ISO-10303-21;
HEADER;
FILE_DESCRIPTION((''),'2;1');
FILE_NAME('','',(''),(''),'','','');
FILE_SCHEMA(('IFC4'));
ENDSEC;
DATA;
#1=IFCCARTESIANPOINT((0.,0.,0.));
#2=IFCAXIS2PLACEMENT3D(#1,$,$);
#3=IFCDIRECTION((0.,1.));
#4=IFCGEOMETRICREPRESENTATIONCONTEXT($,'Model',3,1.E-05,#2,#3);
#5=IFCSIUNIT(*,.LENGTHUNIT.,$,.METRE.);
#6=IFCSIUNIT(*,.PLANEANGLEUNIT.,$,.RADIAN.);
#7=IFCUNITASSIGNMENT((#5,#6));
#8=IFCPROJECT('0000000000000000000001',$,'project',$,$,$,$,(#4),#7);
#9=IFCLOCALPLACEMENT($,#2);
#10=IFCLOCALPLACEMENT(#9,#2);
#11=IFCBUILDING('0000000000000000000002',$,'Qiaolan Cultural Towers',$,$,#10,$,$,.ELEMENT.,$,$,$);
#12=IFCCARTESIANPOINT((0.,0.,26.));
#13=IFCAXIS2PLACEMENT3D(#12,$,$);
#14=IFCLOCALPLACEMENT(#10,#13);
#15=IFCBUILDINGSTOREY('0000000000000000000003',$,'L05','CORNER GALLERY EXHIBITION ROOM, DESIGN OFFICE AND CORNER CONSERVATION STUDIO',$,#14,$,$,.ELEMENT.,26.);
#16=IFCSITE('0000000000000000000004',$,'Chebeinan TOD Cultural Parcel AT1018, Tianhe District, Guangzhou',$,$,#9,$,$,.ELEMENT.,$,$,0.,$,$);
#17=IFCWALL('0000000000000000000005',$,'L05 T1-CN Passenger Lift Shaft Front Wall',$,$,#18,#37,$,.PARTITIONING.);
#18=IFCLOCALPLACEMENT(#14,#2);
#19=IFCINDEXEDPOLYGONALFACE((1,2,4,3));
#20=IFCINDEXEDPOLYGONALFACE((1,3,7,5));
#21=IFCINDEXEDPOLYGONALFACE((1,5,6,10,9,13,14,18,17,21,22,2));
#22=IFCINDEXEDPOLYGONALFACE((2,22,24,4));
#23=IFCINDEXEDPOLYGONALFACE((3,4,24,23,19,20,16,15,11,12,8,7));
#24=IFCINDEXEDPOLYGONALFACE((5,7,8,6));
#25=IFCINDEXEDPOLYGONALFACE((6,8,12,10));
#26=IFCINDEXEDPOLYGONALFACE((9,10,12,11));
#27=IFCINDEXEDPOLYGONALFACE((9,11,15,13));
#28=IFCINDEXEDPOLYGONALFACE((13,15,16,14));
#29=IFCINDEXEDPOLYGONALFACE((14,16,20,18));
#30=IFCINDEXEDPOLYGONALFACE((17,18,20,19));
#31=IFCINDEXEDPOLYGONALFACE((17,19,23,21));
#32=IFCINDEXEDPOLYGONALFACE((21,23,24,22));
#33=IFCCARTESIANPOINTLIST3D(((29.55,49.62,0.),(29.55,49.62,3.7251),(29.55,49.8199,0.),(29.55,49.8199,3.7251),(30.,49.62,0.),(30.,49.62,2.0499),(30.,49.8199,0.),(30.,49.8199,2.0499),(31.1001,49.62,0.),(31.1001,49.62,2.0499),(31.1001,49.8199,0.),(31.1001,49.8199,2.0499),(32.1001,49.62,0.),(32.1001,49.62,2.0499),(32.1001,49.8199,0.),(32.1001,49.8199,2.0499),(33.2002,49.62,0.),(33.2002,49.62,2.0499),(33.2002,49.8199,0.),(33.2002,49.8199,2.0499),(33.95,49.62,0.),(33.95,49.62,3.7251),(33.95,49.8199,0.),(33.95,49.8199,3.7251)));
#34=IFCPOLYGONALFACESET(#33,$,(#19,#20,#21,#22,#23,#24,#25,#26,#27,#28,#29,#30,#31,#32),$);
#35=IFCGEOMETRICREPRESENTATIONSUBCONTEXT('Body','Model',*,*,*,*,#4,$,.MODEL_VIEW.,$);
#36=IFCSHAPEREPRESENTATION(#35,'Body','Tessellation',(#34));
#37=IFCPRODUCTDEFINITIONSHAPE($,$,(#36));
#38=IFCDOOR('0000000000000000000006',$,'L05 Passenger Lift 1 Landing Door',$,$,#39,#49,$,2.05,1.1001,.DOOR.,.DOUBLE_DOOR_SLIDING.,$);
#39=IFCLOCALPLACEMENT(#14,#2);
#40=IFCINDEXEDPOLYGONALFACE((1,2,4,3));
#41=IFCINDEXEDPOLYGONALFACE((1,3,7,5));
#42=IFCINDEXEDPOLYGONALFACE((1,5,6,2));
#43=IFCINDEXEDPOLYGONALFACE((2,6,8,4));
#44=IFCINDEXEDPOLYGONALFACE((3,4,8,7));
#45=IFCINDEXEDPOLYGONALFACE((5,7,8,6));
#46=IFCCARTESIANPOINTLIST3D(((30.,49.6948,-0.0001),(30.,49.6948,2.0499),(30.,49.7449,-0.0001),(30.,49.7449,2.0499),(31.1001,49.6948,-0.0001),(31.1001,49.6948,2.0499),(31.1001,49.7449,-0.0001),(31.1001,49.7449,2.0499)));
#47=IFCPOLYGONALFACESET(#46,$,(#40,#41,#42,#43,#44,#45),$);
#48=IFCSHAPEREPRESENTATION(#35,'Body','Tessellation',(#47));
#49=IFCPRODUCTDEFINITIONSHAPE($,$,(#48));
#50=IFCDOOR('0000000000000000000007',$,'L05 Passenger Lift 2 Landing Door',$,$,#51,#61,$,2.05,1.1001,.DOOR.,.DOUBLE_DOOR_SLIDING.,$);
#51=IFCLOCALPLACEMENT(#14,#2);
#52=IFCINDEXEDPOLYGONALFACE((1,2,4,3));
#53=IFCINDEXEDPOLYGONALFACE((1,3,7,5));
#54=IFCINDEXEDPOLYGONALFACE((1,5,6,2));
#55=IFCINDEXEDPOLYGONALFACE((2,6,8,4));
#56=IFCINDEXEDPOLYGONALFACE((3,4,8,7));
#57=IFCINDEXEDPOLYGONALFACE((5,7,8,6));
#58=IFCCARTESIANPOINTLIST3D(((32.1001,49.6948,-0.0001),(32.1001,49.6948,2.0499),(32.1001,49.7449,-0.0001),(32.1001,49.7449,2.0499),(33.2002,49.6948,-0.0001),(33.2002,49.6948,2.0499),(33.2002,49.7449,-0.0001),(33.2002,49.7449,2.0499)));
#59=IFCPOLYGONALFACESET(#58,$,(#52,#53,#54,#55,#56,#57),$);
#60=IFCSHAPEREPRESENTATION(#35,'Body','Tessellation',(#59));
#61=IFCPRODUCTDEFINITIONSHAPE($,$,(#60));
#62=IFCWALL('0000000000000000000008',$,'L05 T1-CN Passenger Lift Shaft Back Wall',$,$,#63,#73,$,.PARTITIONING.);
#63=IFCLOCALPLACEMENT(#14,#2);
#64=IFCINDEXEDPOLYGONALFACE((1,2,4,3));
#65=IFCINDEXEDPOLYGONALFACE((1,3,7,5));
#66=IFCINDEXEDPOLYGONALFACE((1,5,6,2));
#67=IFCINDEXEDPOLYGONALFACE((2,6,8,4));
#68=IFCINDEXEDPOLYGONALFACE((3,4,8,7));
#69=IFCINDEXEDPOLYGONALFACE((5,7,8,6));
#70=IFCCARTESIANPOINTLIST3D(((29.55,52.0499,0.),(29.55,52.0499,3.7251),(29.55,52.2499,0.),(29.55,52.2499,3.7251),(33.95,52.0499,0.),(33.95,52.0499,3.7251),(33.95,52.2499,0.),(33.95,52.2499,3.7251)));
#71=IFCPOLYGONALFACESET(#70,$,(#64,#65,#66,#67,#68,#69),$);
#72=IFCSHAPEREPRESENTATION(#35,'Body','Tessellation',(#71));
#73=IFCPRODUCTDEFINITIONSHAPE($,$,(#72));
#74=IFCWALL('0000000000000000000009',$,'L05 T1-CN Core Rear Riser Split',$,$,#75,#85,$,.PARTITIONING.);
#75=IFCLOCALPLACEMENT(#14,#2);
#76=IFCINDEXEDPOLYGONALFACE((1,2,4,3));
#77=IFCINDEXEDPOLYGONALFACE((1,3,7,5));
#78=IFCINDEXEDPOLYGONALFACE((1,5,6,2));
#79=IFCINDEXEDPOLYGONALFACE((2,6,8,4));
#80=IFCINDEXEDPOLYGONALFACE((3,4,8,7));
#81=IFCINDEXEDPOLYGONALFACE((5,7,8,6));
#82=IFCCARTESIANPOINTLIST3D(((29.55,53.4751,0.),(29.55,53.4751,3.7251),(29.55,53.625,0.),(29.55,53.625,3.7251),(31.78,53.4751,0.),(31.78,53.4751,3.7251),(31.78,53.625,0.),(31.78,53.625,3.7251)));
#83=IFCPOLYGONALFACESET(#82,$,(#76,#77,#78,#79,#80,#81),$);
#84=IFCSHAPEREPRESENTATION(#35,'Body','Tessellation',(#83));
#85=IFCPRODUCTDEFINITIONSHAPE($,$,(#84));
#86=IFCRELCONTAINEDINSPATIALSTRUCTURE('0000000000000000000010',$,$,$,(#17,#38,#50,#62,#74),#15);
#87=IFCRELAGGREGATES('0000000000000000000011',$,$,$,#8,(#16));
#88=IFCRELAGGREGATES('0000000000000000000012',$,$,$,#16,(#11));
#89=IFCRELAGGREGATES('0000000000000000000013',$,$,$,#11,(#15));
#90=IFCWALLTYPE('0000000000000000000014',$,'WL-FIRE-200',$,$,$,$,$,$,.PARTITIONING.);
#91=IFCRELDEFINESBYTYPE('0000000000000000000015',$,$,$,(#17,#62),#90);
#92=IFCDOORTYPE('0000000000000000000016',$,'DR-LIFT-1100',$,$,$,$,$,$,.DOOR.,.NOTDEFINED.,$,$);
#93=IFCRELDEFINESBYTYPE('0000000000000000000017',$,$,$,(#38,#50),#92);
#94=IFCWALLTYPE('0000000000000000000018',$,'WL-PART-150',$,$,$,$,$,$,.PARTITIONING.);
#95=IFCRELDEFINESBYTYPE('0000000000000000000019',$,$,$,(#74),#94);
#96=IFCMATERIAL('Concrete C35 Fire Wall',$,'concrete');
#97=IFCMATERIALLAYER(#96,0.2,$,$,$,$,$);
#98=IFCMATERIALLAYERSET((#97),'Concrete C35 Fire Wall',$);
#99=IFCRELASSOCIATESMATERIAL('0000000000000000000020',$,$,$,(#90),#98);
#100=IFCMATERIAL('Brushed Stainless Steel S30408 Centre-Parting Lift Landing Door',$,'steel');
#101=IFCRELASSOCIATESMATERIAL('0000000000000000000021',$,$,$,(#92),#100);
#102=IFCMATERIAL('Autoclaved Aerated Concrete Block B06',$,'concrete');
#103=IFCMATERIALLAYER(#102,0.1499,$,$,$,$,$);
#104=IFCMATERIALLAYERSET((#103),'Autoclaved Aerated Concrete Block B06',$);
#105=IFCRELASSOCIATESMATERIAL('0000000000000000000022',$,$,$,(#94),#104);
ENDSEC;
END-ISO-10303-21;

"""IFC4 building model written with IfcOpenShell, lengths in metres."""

from ifc_helpers import new_model, si_unit, direction, frame, frame_2d, origin, place, context, subcontext, project, spatial, rectangle, extrude, material, layer, layer_set, type_object, element, fill, save


model = new_model("IFC4")

# Units and contexts
model_context = context("Model", 3, precision=1e-05, world=origin(), true_north=direction((0.0, 1.0)))
body_context = subcontext(model_context, "Body", "Model", "MODEL_VIEW")
ifc_project = project(units=[si_unit("LENGTHUNIT", "METRE"), si_unit("PLANEANGLEUNIT", "RADIAN")], contexts=[model_context])

# Site, building, storey
site_placement = place(None, origin())
site = spatial("IfcSite", under=ifc_project, at=site_placement, Name="Chebeinan TOD Cultural Parcel AT1018, Tianhe District, Guangzhou", CompositionType="ELEMENT", RefElevation=0.0)
building_placement = place(site_placement, origin())
building = spatial("IfcBuilding", under=site, at=building_placement, Name="Qiaolan Cultural Towers", CompositionType="ELEMENT")
storey_placement = place(building_placement, frame((0.0, 0.0, 26.0)))
storey = spatial("IfcBuildingStorey", under=building, at=storey_placement, Name="L05", Description="CORNER GALLERY EXHIBITION ROOM, DESIGN OFFICE AND CORNER CONSERVATION STUDIO", CompositionType="ELEMENT", Elevation=26.0)

# Shared definitions
ifc_material_1 = material(Name="Concrete C35 Fire Wall", Category="concrete")
ifc_layer_1 = layer(ifc_material_1, 0.2)
ifc_layer_set_1 = layer_set([ifc_layer_1], Name="Concrete C35 Fire Wall")
wall_type_1 = type_object("IfcWallType", Name="WL-FIRE-200", PredefinedType="PARTITIONING", material=ifc_layer_set_1)
ifc_material_2 = material(Name="Brushed Stainless Steel S30408 Centre-Parting Lift Landing Door", Category="steel")
door_type = type_object("IfcDoorType", Name="DR-LIFT-1100", OperationType="NOTDEFINED", PredefinedType="DOOR", material=ifc_material_2)

# Wall, openings, doors
wall_1_placement = place(storey_placement, frame((29.55, 49.72, 0.0), z_axis=(0.0, 0.0, 1.0), x_axis=(1.0, 0.0, 0.0)))
wall_1 = element("IfcWall", 1, at=wall_1_placement, inside=storey, type_object=wall_type_1, Name="L05 T1-CN Passenger Lift Shaft Front Wall", PredefinedType="PARTITIONING", context=body_context, shape_type="SweptSolid", body=[
    extrude(rectangle(XDim=4.3999, YDim=0.2, at=frame_2d((2.2, 0.0))), origin(), (0.0, 0.0, 1.0), 3.7251),
])
opening_1_placement = place(wall_1_placement, frame((0.45, 0.0, 0.0)))
opening_1 = element("IfcOpeningElement", 2, at=opening_1_placement, cuts=wall_1, PredefinedType="OPENING", context=body_context, shape_type="SweptSolid", body=[
    extrude(rectangle(XDim=1.1001, YDim=2.05, at=frame_2d((0.55, 1.0249))), frame((0.0, 0.1099, 0.0), z_axis=(0.0, -1.0, 0.0), x_axis=(1.0, 0.0, 0.0)), (0.0, 0.0, 1.0), 0.22),
])
opening_2_placement = place(wall_1_placement, frame((2.55, 0.0, 0.0)))
opening_2 = element("IfcOpeningElement", 3, at=opening_2_placement, cuts=wall_1, PredefinedType="OPENING", context=body_context, shape_type="SweptSolid", body=[
    extrude(rectangle(XDim=1.1001, YDim=2.05, at=frame_2d((0.55, 1.0249))), frame((0.0, 0.1099, 0.0), z_axis=(0.0, -1.0, 0.0), x_axis=(1.0, 0.0, 0.0)), (0.0, 0.0, 1.0), 0.22),
])
door_1_placement = place(opening_1_placement, origin())
door_1 = element("IfcDoor", 4, at=door_1_placement, inside=storey, type_object=door_type, Name="L05 Passenger Lift 1 Landing Door", OperationType="DOUBLE_DOOR_SLIDING", OverallHeight=2.05, OverallWidth=1.1001, PredefinedType="DOOR", context=body_context, shape_type="SweptSolid", body=[
    extrude(rectangle(XDim=1.1001, YDim=2.05, at=frame_2d((0.55, 1.0249))), frame((0.0, 0.0249, 0.0), z_axis=(0.0, -1.0, 0.0), x_axis=(1.0, 0.0, 0.0)), (0.0, 0.0, 1.0), 0.05),
])
fill(opening_1, door_1)
door_2_placement = place(opening_2_placement, origin())
door_2 = element("IfcDoor", 5, at=door_2_placement, inside=storey, type_object=door_type, Name="L05 Passenger Lift 2 Landing Door", OperationType="DOUBLE_DOOR_SLIDING", OverallHeight=2.05, OverallWidth=1.1001, PredefinedType="DOOR", context=body_context, shape_type="SweptSolid", body=[
    extrude(rectangle(XDim=1.1001, YDim=2.05, at=frame_2d((0.55, 1.0249))), frame((0.0, 0.0249, 0.0), z_axis=(0.0, -1.0, 0.0), x_axis=(1.0, 0.0, 0.0)), (0.0, 0.0, 1.0), 0.05),
])
fill(opening_2, door_2)

# Walls
wall_2_placement = place(storey_placement, frame((29.55, 52.1499, 0.0), z_axis=(0.0, 0.0, 1.0), x_axis=(1.0, 0.0, 0.0)))
element("IfcWall", 6, at=wall_2_placement, inside=storey, type_object=wall_type_1, Name="L05 T1-CN Passenger Lift Shaft Back Wall", PredefinedType="PARTITIONING", context=body_context, shape_type="SweptSolid", body=[
    extrude(rectangle(XDim=4.3999, YDim=0.2, at=frame_2d((2.2, 0.0))), origin(), (0.0, 0.0, 1.0), 3.7251),
])
ifc_material_3 = material(Name="Autoclaved Aerated Concrete Block B06", Category="concrete")
ifc_layer_2 = layer(ifc_material_3, 0.1499)
ifc_layer_set_2 = layer_set([ifc_layer_2], Name="Autoclaved Aerated Concrete Block B06")
wall_type_2 = type_object("IfcWallType", Name="WL-PART-150", PredefinedType="PARTITIONING", material=ifc_layer_set_2)
wall_3_placement = place(storey_placement, frame((29.55, 53.55, 0.0), z_axis=(0.0, 0.0, 1.0), x_axis=(1.0, 0.0, 0.0)))
element("IfcWall", 7, at=wall_3_placement, inside=storey, type_object=wall_type_2, Name="L05 T1-CN Core Rear Riser Split", PredefinedType="PARTITIONING", context=body_context, shape_type="SweptSolid", body=[
    extrude(rectangle(XDim=2.23, YDim=0.1499, at=frame_2d((1.115, 0.0))), origin(), (0.0, 0.0, 1.0), 3.7251),
])

save(model, "model.ifc")
